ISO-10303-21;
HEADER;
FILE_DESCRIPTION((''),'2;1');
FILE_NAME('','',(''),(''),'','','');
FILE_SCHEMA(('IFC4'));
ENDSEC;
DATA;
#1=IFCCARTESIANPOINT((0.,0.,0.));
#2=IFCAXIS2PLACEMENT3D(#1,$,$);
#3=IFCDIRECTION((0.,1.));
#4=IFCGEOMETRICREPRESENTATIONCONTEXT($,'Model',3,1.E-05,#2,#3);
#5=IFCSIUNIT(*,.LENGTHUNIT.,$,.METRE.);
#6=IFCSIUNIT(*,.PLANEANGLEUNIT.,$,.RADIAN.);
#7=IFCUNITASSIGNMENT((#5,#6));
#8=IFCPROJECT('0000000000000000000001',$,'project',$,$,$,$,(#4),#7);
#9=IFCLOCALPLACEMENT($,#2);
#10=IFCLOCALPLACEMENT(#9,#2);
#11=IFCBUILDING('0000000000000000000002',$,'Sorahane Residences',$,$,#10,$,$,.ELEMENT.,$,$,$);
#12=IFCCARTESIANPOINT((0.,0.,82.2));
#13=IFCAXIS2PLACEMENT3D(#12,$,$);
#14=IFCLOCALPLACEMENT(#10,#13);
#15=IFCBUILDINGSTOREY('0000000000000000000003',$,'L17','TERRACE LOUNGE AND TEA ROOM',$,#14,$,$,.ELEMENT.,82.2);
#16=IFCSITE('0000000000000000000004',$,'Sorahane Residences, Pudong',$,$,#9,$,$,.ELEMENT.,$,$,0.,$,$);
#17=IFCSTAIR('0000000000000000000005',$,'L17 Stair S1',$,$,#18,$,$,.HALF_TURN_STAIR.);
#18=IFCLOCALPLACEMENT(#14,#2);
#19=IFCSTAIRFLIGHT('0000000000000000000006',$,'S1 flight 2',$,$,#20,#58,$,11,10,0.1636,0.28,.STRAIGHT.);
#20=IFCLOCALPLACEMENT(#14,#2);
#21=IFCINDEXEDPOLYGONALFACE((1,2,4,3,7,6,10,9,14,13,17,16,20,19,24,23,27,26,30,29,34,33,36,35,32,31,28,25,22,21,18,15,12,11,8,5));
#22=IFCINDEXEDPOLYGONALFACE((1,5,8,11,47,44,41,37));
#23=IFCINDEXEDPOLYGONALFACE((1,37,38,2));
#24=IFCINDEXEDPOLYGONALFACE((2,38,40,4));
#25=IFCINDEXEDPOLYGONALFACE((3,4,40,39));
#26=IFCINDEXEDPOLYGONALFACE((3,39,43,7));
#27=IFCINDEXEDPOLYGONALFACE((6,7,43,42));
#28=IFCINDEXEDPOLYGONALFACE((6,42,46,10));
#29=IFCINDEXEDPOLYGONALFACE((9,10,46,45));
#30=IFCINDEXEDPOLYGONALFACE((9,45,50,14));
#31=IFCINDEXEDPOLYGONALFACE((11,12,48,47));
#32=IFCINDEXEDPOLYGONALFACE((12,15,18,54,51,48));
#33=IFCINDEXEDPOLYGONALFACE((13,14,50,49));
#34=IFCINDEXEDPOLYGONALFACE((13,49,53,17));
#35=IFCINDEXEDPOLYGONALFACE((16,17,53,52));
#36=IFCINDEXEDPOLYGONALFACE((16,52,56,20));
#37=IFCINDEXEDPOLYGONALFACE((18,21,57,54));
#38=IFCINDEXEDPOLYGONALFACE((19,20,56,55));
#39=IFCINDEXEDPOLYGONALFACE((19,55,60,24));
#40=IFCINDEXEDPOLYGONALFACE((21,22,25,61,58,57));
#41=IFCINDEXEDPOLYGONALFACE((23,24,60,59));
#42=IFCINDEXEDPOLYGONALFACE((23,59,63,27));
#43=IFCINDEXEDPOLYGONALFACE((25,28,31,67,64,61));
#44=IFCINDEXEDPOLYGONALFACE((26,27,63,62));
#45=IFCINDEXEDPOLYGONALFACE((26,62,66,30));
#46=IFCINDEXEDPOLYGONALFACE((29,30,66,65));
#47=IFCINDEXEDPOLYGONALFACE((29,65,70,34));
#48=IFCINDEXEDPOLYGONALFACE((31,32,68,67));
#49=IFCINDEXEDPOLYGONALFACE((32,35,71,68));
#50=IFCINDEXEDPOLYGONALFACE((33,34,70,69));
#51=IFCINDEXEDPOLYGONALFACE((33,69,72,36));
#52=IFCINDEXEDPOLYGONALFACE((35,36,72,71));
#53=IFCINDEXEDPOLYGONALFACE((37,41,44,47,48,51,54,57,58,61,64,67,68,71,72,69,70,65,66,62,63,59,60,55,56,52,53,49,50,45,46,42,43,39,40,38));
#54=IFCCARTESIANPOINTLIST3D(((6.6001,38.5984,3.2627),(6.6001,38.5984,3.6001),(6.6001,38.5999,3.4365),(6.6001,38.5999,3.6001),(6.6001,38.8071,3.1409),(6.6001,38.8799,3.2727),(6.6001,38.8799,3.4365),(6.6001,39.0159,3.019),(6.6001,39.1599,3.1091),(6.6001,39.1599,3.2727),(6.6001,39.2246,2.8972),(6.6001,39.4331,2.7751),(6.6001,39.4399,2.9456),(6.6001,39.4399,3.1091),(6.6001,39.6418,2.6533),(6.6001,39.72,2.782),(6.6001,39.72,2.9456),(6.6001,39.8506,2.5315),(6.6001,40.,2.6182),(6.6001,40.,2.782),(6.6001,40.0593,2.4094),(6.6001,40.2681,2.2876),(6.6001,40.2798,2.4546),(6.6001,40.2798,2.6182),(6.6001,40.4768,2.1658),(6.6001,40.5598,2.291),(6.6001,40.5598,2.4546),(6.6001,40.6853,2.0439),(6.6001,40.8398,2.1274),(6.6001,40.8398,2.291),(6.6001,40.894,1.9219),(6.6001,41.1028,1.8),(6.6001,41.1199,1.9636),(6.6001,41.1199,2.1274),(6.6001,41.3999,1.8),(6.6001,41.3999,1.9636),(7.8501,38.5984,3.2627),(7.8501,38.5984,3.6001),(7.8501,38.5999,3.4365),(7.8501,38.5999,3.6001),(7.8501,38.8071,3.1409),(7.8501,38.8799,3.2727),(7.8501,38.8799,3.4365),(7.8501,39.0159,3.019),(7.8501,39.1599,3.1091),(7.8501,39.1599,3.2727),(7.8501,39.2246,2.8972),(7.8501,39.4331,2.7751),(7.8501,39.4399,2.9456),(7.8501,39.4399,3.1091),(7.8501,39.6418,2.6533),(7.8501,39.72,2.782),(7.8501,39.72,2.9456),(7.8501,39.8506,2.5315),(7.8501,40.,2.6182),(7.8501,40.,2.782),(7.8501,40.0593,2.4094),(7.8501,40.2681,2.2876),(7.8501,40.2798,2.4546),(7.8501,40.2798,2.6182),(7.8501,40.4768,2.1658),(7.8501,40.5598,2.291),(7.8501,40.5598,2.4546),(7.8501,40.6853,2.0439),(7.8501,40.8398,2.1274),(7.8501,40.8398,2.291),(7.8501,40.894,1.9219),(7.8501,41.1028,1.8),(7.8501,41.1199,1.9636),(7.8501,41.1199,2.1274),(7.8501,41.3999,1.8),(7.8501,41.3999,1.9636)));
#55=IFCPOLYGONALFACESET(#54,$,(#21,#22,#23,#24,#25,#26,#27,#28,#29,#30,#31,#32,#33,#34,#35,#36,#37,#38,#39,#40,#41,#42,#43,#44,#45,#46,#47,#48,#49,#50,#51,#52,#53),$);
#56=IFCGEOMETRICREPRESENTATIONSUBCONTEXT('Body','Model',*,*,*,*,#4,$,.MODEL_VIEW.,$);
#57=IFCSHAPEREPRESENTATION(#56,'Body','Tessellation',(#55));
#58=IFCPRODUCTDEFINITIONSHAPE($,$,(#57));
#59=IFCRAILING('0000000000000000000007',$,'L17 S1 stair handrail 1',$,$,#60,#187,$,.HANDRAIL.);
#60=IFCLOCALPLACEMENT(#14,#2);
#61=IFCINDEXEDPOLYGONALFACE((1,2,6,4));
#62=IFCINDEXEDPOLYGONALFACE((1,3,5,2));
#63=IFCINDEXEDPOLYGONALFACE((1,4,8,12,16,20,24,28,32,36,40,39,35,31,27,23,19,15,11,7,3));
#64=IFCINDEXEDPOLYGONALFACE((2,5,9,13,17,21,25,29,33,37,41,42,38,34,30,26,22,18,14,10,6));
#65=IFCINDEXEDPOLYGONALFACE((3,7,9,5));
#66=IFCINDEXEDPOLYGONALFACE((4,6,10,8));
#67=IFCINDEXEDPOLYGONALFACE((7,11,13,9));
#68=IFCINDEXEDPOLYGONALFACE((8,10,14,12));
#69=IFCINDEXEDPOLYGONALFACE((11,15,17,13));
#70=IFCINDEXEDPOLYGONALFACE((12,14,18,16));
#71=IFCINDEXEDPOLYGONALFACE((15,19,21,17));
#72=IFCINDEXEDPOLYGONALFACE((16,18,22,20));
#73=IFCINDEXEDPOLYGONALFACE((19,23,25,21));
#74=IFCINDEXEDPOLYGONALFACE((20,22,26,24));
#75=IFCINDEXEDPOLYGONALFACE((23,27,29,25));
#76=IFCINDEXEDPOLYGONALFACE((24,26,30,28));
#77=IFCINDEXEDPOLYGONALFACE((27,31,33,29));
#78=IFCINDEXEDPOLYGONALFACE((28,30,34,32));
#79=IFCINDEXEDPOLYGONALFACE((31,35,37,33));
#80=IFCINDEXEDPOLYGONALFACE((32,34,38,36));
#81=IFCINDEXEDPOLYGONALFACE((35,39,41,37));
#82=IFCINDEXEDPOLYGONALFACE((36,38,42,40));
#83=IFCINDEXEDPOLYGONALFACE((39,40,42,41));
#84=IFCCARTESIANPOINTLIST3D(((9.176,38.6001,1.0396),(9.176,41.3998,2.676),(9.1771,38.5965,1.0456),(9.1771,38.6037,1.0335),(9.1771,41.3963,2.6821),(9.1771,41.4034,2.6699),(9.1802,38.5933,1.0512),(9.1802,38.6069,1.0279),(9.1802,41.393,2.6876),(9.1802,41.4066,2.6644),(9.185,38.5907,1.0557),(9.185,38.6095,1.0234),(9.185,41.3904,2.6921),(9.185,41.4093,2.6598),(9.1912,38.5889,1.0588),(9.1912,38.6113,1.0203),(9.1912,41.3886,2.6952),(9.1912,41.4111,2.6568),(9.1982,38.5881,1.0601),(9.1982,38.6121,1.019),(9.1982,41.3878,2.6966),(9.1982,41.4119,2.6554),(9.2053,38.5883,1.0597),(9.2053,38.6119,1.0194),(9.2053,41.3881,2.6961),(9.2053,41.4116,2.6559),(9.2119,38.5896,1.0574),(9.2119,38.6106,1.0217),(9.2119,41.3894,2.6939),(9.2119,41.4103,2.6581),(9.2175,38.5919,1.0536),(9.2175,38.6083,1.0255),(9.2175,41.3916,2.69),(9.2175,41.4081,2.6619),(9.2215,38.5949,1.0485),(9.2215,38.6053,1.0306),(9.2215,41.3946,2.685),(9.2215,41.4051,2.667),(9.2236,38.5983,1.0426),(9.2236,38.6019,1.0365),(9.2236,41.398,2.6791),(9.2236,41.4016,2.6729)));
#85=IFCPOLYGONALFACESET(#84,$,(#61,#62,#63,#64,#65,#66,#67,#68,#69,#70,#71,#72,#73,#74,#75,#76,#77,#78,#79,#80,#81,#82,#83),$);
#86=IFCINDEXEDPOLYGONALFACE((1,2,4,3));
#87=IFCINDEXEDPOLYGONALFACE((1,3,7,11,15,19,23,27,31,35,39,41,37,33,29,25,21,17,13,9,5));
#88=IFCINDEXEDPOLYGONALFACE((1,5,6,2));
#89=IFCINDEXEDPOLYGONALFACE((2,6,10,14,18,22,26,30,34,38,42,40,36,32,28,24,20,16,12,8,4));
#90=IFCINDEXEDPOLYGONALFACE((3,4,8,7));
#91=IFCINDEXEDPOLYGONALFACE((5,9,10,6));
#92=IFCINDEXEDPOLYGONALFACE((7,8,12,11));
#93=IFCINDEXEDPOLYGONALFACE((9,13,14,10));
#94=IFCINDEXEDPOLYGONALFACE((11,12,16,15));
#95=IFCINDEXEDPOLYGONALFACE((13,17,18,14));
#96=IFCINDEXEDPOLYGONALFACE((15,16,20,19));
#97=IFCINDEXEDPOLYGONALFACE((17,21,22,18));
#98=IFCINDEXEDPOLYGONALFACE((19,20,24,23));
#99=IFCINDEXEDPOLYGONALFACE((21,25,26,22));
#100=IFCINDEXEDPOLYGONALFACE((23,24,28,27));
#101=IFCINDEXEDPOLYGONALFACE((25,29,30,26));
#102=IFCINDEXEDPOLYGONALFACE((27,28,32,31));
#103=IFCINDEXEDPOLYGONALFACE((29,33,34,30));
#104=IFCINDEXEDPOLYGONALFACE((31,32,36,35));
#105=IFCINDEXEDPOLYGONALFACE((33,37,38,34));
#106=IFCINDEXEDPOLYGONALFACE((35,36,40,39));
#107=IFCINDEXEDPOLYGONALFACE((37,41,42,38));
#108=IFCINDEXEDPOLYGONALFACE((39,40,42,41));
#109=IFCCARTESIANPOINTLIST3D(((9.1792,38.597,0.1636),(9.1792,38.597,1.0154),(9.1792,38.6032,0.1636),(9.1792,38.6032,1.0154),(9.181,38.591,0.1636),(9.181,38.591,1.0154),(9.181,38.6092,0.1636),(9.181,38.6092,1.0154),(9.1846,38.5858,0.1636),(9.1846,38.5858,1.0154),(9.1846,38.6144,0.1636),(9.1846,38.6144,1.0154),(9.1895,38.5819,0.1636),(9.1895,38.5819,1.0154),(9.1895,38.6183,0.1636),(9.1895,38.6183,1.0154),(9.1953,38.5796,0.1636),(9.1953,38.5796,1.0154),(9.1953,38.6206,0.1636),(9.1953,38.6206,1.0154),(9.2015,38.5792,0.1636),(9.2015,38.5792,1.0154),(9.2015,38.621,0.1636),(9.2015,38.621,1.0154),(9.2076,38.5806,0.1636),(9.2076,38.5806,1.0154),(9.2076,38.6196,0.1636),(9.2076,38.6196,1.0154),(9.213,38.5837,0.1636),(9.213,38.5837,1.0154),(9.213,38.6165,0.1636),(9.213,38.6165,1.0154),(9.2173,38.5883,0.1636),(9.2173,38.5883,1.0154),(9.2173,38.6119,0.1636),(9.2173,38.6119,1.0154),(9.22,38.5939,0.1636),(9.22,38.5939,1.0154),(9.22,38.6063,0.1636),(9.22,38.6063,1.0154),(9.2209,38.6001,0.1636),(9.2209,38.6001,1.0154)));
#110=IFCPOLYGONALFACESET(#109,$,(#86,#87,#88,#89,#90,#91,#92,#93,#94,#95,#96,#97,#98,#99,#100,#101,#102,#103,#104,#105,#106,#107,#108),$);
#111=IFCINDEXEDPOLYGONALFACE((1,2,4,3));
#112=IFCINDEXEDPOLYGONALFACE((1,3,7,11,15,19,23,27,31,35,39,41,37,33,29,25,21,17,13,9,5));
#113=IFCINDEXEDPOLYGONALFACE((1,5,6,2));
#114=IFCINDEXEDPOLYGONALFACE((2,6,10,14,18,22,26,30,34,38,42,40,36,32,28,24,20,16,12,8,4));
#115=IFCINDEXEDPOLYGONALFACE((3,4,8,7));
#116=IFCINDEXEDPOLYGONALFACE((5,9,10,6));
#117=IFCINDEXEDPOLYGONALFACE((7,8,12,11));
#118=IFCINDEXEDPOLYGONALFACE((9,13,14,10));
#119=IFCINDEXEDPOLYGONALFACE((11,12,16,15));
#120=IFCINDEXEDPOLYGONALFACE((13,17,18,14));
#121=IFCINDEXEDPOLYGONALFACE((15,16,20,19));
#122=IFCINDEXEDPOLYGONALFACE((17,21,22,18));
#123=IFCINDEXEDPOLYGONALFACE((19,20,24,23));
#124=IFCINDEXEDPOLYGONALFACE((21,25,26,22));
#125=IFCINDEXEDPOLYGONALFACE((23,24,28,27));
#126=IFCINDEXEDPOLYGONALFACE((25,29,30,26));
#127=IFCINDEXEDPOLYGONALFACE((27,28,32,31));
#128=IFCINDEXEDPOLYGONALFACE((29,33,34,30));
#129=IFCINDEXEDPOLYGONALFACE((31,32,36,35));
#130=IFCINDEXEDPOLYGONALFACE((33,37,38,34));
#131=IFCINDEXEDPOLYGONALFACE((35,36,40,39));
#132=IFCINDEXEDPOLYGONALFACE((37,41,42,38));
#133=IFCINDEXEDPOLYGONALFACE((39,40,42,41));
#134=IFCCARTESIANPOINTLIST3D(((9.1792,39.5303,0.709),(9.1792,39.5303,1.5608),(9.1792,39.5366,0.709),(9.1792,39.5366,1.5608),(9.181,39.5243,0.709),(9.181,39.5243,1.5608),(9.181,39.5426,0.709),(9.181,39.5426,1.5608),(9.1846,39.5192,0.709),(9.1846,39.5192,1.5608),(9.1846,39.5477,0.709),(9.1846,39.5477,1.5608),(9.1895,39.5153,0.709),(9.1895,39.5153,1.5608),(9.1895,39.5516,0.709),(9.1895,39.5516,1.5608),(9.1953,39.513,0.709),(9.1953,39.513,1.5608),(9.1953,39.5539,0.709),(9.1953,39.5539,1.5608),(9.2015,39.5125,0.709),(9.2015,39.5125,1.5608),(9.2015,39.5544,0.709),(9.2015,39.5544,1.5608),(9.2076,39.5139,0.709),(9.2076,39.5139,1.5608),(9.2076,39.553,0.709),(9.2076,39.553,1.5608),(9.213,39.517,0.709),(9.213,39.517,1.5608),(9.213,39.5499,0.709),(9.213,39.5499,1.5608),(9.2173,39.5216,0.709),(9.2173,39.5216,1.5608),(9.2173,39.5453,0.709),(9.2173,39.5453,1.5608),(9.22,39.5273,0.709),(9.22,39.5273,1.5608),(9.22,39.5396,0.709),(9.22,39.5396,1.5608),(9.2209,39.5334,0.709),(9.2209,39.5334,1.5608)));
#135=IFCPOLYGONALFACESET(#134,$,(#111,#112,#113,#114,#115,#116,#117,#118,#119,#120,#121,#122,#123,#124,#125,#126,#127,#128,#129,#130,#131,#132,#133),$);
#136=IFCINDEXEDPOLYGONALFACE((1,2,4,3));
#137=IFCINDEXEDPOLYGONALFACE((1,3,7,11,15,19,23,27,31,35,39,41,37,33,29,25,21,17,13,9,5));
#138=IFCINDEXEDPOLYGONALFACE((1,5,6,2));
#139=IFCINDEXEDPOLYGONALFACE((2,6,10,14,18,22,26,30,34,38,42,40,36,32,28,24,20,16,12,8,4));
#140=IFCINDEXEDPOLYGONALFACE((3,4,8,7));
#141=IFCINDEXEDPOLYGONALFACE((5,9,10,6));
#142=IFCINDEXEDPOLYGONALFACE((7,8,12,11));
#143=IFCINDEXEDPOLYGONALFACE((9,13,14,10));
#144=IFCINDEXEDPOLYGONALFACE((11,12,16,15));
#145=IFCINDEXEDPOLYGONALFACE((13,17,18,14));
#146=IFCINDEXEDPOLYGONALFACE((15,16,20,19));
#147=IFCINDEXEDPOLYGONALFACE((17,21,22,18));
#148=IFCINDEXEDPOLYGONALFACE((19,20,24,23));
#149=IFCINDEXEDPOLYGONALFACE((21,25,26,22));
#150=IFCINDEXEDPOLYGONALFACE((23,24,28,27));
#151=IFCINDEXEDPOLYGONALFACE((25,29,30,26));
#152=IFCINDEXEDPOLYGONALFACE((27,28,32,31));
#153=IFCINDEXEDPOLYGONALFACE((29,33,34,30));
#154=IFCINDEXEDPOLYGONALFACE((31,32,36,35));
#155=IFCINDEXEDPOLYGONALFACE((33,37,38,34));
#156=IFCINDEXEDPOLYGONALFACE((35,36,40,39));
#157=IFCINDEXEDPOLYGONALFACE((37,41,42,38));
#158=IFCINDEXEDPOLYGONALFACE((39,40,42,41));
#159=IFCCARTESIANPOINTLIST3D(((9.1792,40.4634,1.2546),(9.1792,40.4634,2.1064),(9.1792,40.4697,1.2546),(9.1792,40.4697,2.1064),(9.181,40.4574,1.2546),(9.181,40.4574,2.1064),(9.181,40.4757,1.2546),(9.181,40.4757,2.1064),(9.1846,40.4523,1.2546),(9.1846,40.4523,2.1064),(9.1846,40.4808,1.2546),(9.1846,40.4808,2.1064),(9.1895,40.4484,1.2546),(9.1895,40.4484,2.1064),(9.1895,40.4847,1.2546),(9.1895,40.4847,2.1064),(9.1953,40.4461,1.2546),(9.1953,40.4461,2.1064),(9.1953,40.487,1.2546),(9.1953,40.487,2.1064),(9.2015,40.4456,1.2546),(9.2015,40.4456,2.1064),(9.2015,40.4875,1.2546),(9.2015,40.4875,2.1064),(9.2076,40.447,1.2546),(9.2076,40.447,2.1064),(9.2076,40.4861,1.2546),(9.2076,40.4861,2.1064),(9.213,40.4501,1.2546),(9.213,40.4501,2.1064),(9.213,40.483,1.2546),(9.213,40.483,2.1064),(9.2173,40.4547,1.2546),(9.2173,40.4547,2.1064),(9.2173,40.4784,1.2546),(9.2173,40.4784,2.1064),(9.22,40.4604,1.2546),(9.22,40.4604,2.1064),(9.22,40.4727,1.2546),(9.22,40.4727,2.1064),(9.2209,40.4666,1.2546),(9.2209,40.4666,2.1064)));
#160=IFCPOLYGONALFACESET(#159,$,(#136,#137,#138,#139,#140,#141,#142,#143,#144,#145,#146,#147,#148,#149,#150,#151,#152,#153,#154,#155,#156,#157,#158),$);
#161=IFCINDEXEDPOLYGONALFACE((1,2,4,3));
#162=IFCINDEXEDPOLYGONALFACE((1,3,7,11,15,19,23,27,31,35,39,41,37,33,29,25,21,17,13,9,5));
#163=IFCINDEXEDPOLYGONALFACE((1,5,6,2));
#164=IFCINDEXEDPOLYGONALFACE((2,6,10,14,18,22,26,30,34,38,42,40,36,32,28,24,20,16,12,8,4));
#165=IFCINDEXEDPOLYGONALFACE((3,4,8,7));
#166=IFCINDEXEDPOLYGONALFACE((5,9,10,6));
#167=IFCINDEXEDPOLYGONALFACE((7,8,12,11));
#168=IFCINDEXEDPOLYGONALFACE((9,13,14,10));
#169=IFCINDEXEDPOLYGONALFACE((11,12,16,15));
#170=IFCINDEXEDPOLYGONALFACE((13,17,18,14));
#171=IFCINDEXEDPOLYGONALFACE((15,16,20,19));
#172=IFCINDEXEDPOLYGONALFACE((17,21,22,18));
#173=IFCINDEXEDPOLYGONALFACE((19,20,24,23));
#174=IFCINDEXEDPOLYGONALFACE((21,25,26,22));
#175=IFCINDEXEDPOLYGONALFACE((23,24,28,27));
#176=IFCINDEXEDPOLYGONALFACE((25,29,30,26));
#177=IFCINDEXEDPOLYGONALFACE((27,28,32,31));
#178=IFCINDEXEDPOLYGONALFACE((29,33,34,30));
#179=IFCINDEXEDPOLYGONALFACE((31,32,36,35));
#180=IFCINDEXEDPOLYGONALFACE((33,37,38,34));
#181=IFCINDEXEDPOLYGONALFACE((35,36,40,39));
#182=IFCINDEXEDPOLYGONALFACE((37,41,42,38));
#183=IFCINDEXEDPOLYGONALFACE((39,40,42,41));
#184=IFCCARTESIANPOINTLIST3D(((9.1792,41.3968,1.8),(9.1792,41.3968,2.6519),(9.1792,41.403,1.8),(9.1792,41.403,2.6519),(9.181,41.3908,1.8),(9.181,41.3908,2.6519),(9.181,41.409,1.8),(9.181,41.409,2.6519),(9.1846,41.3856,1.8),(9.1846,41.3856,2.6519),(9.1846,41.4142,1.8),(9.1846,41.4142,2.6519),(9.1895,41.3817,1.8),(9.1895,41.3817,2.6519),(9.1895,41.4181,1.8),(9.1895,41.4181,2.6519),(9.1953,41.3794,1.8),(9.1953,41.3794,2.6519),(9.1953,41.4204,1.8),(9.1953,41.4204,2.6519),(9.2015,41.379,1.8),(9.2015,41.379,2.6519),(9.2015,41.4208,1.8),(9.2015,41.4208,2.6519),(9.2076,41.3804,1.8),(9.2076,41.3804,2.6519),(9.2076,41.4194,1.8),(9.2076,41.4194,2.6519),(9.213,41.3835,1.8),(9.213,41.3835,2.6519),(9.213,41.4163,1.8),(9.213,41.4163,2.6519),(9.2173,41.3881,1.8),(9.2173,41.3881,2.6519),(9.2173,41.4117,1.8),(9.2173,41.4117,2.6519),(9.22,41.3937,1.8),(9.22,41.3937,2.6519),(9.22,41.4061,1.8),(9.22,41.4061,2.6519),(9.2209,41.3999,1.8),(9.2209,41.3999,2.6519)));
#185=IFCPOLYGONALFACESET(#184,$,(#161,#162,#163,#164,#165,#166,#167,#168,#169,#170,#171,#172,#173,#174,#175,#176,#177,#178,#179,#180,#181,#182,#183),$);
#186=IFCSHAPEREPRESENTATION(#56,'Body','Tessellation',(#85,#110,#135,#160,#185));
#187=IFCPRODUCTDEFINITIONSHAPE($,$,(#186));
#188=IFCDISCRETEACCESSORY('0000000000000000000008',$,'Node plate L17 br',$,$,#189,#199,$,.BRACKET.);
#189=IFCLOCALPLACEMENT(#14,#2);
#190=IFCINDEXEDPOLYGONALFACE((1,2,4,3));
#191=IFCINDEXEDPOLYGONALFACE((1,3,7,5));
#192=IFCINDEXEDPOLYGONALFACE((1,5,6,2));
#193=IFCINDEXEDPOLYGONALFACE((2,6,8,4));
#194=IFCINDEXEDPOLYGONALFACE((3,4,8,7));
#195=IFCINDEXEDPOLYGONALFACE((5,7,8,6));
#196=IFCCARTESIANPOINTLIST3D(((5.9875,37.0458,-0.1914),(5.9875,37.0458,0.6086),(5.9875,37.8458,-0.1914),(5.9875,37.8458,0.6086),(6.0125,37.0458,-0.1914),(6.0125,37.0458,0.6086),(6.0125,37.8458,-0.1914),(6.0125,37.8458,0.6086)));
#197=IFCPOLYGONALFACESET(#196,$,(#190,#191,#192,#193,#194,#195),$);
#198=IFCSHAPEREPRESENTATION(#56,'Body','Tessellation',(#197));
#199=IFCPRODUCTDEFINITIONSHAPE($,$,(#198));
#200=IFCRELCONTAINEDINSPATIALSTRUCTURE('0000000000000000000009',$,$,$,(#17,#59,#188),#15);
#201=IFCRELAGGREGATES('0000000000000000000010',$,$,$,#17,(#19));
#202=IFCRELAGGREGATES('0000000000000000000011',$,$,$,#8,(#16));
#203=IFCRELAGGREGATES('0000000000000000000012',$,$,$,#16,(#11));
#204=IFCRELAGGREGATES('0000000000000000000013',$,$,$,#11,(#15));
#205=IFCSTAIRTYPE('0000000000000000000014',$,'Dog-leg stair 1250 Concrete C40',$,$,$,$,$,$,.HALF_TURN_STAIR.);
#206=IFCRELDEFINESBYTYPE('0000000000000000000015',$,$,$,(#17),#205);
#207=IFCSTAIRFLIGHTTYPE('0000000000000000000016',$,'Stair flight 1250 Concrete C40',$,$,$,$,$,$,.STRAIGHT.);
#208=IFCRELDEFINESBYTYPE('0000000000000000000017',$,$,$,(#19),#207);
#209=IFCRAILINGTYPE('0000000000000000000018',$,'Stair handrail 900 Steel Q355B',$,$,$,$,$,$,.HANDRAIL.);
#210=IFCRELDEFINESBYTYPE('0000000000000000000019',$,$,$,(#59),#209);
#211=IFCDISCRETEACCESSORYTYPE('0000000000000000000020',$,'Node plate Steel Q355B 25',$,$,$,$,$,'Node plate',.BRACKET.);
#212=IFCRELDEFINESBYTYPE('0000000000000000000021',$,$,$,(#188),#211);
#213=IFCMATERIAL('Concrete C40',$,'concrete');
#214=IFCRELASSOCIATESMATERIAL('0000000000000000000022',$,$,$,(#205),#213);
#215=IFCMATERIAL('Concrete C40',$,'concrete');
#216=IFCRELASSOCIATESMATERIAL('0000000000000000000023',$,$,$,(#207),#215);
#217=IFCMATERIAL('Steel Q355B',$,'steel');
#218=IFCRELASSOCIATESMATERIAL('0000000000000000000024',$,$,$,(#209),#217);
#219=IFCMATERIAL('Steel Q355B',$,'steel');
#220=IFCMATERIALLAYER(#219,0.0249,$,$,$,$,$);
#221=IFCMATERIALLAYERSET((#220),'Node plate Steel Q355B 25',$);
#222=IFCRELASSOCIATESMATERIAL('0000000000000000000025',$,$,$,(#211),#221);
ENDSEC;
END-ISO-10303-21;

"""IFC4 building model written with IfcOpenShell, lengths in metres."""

from ifc_helpers import new_model, si_unit, direction, frame, origin, origin_2d, place, context, subcontext, project, spatial, polyline, rectangle, circle, outline, extrude, material, layer, layer_set, type_object, element, aggregate, save


model = new_model("IFC4")

# Units and contexts
model_context = context("Model", 3, precision=1e-05, world=origin(), true_north=direction((0.0, 1.0)))
body_context = subcontext(model_context, "Body", "Model", "MODEL_VIEW")
ifc_project = project(units=[si_unit("LENGTHUNIT", "METRE"), si_unit("PLANEANGLEUNIT", "RADIAN")], contexts=[model_context])

# Site, building, storey
site_placement = place(None, origin())
site = spatial("IfcSite", under=ifc_project, at=site_placement, Name="Sorahane Residences, Pudong", CompositionType="ELEMENT", RefElevation=0.0)
building_placement = place(site_placement, origin())
building = spatial("IfcBuilding", under=site, at=building_placement, Name="Sorahane Residences", CompositionType="ELEMENT")
storey_placement = place(building_placement, frame((0.0, 0.0, 82.2)))
storey = spatial("IfcBuildingStorey", under=building, at=storey_placement, Name="L17", Description="TERRACE LOUNGE AND TEA ROOM", CompositionType="ELEMENT", Elevation=82.2)

# Stair, stair flight
ifc_material_1 = material(Name="Concrete C40", Category="concrete")
stair_type = type_object("IfcStairType", Name="Dog-leg stair 1250 Concrete C40", PredefinedType="HALF_TURN_STAIR", material=ifc_material_1)
stair_placement = place(storey_placement, origin())
stair = element("IfcStair", 1, at=stair_placement, inside=storey, type_object=stair_type, Name="L17 Stair S1", PredefinedType="HALF_TURN_STAIR")
ifc_material_2 = material(Name="Concrete C40", Category="concrete")
stair_flight_type = type_object("IfcStairFlightType", Name="Stair flight 1250 Concrete C40", PredefinedType="STRAIGHT", material=ifc_material_2)
stair_flight_1_placement = place(storey_placement, frame((7.2251, 41.3999, 1.8), z_axis=(0.0, 0.0, 1.0), x_axis=(0.0, -1.0, 0.0)))
stair_flight_1 = element("IfcStairFlight", 2, at=stair_flight_1_placement, type_object=stair_flight_type, Name="S1 flight 2", NumberOfRisers=11, NumberOfTreads=10, PredefinedType="STRAIGHT", RiserHeight=0.1636, TreadLength=0.28, context=body_context, shape_type="SweptSolid", body=[
    extrude(outline(polyline([(0.0, 0.0), (0.0, 0.1636), (0.28, 0.1636), (0.28, 0.3274), (0.5601, 0.3274), (0.5601, 0.491), (0.8401, 0.491), (0.8401, 0.6545), (1.1201, 0.6545), (1.1201, 0.8181), (1.3999, 0.8181), (1.3999, 0.9819), (1.6799, 0.9819), (1.6799, 1.1455), (1.96, 1.1455), (1.96, 1.3091), (2.24, 1.3091), (2.24, 1.4727), (2.52, 1.4727), (2.52, 1.6365), (2.8, 1.6365), (2.8, 1.8), (2.8015, 1.8), (2.8015, 1.4626), (2.5928, 1.3408), (2.384, 1.219), (2.1753, 1.0972), (1.9668, 0.9751), (1.7581, 0.8533), (1.5493, 0.7314), (1.3406, 0.6094), (1.1318, 0.4875), (0.9231, 0.3657), (0.7146, 0.2439), (0.5059, 0.1218), (0.2971, 0.0), (0.0, 0.0)])), frame((0.0, 0.625, 0.0), z_axis=(0.0, -1.0, 0.0), x_axis=(1.0, 0.0, 0.0)), (0.0, 0.0, 1.0), 1.25),
])
aggregate(stair, [stair_flight_1])

# Railing
ifc_material_3 = material(Name="Steel Q355B", Category="steel")
railing_type_1 = type_object("IfcRailingType", Name="Stair handrail 900 Steel Q355B", PredefinedType="HANDRAIL", material=ifc_material_3)
railing_1_placement = place(storey_placement, frame((9.2, 38.6001, 0.1636)))
element("IfcRailing", 3, at=railing_1_placement, inside=storey, type_object=railing_type_1, Name="L17 S1 stair handrail 1", PredefinedType="HANDRAIL", context=body_context, shape_type="SweptSolid", body=[
    extrude(circle(Radius=0.0239, at=origin_2d()), frame((0.0, 0.0, 0.876), z_axis=(0.0, 0.863342, 0.50462), x_axis=(-1.0, 0.0, 0.0)), (0.0, 0.0, 1.0), 3.2429),
    extrude(circle(Radius=0.021, at=origin_2d()), origin(), (0.0, 0.0, 1.0), 0.8518),
    extrude(circle(Radius=0.021, at=origin_2d()), frame((0.0, 0.9333, 0.5454)), (0.0, 0.0, 1.0), 0.8518),
    extrude(circle(Radius=0.021, at=origin_2d()), frame((0.0, 1.8665, 1.0911)), (0.0, 0.0, 1.0), 0.8518),
    extrude(circle(Radius=0.021, at=origin_2d()), frame((0.0, 2.7998, 1.6365)), (0.0, 0.0, 1.0), 0.8518),
])

# Discrete accessory
ifc_material_4 = material(Name="Steel Q355B", Category="steel")
ifc_layer_1 = layer(ifc_material_4, 0.0249)
ifc_layer_set_1 = layer_set([ifc_layer_1], Name="Node plate Steel Q355B 25")
discrete_accessory_type = type_object("IfcDiscreteAccessoryType", Name="Node plate Steel Q355B 25", ElementType="Node plate", PredefinedType="BRACKET", material=ifc_layer_set_1)
for number, where, z_axis, x_axis, name in (
    (4, (6.0, 37.4458, -0.1914), (0.0, 0.0, 1.0), (0.0, 1.0, 0.0), "Node plate L17 br"),
):
    element("IfcDiscreteAccessory", number, at=place(storey_placement, frame(where, z_axis=z_axis, x_axis=x_axis)), inside=storey, type_object=discrete_accessory_type, Name=name, PredefinedType="BRACKET", context=body_context, shape_type="SweptSolid", body=[
        extrude(rectangle(XDim=0.8, YDim=0.0249, at=origin_2d()), origin(), (0.0, 0.0, 1.0), 0.8),
    ])

save(model, "model.ifc")
